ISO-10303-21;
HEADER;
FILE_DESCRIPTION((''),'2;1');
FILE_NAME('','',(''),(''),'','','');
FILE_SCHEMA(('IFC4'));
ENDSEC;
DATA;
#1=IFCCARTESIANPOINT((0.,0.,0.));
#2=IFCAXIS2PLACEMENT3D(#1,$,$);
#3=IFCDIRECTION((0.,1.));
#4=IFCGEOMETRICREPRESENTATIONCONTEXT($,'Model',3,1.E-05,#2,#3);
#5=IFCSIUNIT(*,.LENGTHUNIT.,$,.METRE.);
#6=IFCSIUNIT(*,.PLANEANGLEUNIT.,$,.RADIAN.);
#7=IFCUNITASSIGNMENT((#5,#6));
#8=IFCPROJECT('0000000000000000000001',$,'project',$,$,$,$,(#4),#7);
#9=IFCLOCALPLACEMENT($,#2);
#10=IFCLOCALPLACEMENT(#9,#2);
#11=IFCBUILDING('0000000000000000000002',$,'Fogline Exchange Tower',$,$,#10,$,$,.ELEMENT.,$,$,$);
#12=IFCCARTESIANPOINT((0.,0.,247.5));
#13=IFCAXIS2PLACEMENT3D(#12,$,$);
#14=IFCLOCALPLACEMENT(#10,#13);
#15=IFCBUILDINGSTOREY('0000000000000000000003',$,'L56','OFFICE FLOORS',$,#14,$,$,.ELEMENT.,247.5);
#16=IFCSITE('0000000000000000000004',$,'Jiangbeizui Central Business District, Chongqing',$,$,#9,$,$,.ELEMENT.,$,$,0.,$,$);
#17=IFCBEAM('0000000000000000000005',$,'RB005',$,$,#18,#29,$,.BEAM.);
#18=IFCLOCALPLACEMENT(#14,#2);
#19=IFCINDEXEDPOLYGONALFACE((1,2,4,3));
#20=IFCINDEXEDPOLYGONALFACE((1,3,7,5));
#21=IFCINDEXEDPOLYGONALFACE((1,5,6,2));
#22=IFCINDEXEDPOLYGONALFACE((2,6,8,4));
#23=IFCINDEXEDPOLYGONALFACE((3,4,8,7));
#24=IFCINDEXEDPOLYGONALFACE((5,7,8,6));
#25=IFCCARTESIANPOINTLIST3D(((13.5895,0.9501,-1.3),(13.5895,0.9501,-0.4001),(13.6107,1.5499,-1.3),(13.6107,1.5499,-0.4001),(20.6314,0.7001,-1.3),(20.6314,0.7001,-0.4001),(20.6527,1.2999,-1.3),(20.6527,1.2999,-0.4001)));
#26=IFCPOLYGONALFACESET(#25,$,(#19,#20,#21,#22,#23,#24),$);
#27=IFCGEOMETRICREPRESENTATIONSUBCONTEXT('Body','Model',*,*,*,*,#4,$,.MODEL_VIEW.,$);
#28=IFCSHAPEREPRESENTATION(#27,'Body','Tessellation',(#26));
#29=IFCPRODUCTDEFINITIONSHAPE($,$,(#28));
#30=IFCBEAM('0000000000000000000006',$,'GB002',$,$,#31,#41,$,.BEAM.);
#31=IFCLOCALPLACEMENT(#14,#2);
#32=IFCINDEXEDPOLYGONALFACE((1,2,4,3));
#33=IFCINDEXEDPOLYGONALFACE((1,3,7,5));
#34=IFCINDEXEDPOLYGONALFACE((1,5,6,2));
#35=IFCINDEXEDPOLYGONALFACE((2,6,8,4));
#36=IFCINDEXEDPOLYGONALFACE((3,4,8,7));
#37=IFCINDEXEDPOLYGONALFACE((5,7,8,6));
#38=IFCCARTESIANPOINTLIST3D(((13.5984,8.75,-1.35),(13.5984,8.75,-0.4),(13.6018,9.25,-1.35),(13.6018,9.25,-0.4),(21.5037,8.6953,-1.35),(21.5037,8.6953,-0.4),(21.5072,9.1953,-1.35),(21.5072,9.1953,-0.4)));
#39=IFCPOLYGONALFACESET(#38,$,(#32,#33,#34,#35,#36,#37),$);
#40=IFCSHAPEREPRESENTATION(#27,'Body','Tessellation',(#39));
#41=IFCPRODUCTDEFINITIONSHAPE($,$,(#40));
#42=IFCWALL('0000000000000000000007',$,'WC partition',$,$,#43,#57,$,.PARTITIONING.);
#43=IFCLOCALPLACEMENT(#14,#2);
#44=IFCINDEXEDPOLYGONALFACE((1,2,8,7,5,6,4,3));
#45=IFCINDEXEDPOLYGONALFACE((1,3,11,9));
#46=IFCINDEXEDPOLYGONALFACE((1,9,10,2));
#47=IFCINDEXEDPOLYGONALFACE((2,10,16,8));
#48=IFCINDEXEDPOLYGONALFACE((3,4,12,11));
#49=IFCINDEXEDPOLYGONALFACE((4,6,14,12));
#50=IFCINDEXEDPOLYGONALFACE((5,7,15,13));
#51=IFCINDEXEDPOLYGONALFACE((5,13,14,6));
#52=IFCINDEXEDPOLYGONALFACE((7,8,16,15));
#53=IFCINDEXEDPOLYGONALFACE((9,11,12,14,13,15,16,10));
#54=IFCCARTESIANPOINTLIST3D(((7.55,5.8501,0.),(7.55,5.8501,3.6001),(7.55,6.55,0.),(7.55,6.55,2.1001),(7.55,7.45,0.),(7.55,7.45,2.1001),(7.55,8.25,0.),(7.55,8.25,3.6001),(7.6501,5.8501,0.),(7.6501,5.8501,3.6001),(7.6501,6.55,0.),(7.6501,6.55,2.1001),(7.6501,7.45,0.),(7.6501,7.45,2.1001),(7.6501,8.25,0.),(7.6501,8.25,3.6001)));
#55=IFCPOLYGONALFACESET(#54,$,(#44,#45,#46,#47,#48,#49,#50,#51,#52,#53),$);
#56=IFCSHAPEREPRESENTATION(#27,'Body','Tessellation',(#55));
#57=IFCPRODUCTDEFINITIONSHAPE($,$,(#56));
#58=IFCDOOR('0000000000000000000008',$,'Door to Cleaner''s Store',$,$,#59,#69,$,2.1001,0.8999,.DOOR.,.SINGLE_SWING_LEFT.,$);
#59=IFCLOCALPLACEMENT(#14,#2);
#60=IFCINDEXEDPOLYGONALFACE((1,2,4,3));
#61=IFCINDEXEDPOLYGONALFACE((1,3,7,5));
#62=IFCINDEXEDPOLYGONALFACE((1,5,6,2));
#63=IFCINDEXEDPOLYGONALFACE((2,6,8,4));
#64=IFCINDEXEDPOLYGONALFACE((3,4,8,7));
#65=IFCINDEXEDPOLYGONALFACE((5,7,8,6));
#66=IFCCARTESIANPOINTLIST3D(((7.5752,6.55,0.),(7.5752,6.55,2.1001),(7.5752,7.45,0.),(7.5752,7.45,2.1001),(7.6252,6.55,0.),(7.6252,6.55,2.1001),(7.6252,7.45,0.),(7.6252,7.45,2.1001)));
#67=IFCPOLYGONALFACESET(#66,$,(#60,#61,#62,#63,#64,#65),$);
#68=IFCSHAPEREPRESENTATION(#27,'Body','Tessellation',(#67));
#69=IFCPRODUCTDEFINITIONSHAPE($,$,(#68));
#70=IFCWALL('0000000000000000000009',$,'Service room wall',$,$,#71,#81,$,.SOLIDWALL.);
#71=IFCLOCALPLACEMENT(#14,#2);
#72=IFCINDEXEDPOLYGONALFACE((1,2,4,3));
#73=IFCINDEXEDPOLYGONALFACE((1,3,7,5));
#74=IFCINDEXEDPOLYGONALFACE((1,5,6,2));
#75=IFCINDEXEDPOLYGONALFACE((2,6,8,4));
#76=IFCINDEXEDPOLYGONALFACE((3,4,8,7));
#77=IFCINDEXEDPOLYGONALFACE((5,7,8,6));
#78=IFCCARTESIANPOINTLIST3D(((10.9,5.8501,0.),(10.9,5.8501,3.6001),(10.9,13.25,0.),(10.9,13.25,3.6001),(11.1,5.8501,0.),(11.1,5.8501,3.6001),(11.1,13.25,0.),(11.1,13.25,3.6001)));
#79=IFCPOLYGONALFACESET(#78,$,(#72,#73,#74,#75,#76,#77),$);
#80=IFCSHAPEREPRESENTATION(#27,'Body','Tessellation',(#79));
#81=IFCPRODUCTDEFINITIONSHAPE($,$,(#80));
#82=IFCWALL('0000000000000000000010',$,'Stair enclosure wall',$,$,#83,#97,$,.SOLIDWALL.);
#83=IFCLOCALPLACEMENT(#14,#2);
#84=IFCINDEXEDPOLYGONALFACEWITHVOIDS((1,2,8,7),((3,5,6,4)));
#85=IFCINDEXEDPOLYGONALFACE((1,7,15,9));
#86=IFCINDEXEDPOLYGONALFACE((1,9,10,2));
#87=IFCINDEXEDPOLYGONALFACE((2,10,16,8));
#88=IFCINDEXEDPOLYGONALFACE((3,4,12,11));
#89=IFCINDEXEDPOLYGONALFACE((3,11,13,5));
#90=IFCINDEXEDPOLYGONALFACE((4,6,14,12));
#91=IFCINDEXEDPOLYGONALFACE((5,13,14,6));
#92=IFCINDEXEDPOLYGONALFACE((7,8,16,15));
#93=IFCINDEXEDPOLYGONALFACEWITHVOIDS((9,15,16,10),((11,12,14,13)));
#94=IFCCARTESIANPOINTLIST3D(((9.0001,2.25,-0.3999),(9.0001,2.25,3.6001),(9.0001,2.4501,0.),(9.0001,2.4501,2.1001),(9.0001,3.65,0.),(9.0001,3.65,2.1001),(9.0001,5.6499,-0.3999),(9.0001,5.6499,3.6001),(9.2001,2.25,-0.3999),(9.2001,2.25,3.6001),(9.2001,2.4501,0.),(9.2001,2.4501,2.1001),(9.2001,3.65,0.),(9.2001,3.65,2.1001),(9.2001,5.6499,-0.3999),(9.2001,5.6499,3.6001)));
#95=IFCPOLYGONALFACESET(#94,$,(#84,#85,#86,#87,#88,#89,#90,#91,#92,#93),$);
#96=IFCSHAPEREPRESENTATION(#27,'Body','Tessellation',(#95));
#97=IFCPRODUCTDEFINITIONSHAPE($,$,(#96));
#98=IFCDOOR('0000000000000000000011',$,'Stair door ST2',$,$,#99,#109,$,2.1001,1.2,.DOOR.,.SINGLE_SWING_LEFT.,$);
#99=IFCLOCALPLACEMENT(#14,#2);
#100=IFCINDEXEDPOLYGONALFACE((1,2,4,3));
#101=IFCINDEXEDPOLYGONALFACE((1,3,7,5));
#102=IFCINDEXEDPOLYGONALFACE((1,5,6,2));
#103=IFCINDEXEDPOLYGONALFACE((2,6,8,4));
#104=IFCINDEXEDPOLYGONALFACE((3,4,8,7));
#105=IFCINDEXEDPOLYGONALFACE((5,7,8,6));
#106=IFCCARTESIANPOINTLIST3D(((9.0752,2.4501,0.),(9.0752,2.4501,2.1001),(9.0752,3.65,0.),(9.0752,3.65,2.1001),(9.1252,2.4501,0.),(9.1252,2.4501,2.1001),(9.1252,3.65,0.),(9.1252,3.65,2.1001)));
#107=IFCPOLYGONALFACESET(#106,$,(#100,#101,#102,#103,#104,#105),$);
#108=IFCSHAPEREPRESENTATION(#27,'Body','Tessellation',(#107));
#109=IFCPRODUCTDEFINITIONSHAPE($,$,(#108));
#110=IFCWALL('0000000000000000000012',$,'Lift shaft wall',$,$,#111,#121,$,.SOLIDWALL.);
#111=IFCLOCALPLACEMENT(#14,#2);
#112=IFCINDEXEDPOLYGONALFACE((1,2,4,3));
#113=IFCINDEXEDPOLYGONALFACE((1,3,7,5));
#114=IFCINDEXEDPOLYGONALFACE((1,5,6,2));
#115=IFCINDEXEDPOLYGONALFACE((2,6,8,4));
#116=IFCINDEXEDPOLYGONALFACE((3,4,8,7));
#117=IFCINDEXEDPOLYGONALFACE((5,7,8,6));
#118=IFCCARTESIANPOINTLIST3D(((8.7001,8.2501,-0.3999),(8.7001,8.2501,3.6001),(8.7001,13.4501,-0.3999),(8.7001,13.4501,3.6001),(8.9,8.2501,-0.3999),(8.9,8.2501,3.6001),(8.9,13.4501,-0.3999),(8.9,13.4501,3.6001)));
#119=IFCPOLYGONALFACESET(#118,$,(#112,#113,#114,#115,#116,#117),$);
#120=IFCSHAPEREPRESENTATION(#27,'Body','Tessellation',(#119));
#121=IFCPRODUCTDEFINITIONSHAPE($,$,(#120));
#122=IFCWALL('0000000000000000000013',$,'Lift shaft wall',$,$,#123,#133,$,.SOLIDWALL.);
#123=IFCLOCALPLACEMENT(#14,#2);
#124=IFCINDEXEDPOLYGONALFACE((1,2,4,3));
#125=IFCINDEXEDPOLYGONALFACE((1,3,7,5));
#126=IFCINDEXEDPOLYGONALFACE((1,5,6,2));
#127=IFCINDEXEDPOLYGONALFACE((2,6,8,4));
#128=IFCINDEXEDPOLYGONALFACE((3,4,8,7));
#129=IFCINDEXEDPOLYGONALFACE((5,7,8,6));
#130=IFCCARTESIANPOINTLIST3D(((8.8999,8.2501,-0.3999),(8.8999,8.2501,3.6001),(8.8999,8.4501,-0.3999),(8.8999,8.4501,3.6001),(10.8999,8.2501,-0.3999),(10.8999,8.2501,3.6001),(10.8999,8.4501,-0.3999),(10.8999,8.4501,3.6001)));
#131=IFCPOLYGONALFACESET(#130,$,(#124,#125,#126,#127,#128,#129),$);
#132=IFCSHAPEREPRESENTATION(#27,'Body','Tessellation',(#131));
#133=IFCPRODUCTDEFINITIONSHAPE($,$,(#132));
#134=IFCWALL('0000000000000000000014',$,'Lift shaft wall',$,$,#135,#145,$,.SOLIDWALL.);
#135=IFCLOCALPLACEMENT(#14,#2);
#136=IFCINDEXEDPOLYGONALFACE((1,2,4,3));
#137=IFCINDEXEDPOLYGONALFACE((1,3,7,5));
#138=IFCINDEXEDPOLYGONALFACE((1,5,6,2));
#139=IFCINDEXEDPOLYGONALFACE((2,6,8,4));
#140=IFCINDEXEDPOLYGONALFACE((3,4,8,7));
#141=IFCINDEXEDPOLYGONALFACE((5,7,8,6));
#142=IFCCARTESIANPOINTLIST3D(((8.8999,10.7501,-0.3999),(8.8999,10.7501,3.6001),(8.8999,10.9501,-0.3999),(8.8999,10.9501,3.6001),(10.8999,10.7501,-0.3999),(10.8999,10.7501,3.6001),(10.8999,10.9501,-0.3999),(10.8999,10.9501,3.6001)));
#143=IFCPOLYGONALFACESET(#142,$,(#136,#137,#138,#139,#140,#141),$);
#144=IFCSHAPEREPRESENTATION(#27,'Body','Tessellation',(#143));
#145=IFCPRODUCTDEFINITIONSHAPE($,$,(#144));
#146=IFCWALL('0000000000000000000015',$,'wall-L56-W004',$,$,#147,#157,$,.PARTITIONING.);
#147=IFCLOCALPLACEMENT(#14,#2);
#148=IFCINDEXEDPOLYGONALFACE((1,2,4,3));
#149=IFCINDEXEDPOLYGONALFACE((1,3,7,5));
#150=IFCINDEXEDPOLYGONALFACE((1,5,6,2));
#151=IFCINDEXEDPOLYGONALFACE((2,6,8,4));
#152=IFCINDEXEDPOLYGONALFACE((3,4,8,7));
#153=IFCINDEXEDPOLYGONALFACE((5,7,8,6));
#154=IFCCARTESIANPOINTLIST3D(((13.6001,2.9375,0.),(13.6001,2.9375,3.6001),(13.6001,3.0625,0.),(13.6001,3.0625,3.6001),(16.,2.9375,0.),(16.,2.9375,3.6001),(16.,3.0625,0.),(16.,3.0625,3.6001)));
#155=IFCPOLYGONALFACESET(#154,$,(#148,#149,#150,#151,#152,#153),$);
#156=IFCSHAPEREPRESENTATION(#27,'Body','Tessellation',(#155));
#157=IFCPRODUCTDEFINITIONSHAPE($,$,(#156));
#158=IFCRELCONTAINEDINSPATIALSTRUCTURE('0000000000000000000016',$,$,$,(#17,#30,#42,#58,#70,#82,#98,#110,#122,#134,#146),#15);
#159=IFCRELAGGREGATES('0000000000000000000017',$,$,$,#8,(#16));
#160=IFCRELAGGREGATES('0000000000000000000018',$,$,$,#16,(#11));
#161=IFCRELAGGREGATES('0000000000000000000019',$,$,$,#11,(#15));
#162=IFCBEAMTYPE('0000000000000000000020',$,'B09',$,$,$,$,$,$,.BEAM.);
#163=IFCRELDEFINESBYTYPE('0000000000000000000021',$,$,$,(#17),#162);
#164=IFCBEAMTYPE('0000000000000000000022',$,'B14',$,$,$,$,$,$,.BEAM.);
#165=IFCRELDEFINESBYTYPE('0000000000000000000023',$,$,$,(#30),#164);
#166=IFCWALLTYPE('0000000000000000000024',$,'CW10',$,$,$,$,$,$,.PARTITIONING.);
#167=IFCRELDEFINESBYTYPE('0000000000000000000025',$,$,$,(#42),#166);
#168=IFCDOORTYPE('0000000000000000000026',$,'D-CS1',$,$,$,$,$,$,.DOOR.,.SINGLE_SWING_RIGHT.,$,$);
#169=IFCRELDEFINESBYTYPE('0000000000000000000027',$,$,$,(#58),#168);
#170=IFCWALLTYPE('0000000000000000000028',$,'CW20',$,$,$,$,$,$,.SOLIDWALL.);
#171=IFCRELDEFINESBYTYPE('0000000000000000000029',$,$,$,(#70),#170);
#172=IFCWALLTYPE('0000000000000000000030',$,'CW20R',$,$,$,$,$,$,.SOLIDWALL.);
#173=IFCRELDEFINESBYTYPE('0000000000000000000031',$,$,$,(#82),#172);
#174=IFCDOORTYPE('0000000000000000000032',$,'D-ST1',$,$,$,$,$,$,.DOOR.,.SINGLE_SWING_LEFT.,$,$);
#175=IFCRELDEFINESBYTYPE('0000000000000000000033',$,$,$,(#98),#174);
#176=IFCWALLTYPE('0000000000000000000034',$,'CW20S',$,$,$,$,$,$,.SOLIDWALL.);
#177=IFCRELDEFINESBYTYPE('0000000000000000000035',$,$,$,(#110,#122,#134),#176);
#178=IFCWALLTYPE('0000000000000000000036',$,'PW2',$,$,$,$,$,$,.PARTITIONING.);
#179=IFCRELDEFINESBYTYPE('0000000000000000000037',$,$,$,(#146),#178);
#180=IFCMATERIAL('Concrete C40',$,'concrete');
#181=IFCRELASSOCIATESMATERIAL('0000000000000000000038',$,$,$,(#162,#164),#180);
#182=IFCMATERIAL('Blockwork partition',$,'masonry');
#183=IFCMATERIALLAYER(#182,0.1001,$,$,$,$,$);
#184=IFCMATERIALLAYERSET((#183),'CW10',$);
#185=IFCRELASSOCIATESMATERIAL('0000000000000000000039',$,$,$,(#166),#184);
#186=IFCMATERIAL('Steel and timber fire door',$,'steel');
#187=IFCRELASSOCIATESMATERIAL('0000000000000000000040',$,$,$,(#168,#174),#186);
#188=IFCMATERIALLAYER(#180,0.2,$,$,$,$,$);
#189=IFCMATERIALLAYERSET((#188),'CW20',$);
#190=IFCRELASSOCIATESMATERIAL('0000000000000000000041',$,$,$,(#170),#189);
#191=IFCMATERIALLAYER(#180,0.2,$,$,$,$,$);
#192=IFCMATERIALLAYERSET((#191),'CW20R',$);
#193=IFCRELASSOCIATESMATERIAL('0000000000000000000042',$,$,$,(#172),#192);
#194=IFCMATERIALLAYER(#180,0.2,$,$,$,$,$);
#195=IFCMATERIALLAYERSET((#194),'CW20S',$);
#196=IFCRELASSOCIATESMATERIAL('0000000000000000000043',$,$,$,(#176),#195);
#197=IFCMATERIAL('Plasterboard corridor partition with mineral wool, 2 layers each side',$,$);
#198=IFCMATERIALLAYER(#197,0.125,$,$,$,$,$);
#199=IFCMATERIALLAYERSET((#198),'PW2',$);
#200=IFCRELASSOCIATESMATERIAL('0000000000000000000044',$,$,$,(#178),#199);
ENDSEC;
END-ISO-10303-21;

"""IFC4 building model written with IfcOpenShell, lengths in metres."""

from ifc_helpers import new_model, si_unit, direction, frame, frame_2d, origin, origin_2d, place, context, subcontext, project, spatial, rectangle, extrude, material, layer, layer_set, material_profile, profile_set, type_object, element, fill, save


model = new_model("IFC4")

# Units and contexts
model_context = context("Model", 3, precision=1e-05, world=origin(), true_north=direction((0.0, 1.0)))
body_context = subcontext(model_context, "Body", "Model", "MODEL_VIEW")
ifc_project = project(units=[si_unit("LENGTHUNIT", "METRE"), si_unit("PLANEANGLEUNIT", "RADIAN")], contexts=[model_context])

# Site, building, storey
site_placement = place(None, origin())
site = spatial("IfcSite", under=ifc_project, at=site_placement, Name="Jiangbeizui Central Business District, Chongqing", CompositionType="ELEMENT", RefElevation=0.0)
building_placement = place(site_placement, origin())
building = spatial("IfcBuilding", under=site, at=building_placement, Name="Fogline Exchange Tower", CompositionType="ELEMENT")
storey_placement = place(building_placement, frame((0.0, 0.0, 247.5)))
storey = spatial("IfcBuildingStorey", under=building, at=storey_placement, Name="L56", Description="OFFICE FLOORS", CompositionType="ELEMENT", Elevation=247.5)

# Beams
ifc_material_1 = material(Name="Concrete C40", Category="concrete")
ifc_material_profile_1 = material_profile(ifc_material_1, rectangle(XDim=0.6001, YDim=0.8999, at=origin_2d()), Name="RC 600x900")
ifc_profile_set_1 = profile_set([ifc_material_profile_1], Name="Concrete C40")
beam_type_1 = type_object("IfcBeamType", Name="B09", PredefinedType="BEAM", material=ifc_profile_set_1)
beam_1_placement = place(storey_placement, frame((13.6001, 1.25, -0.8501), z_axis=(0.99937, -0.035479, 0.0), x_axis=(0.035479, 0.99937, 0.0)))
element("IfcBeam", 1, at=beam_1_placement, inside=storey, type_object=beam_type_1, Name="RB005", PredefinedType="BEAM", context=body_context, shape_type="SweptSolid", body=[
    extrude(rectangle(XDim=0.6001, YDim=0.8999, at=origin_2d()), origin(), (0.0, 0.0, 1.0), 7.0464),
])
ifc_material_profile_2 = material_profile(ifc_material_1, rectangle(XDim=0.5, YDim=0.95, at=origin_2d()), Name="RC 500x950")
ifc_profile_set_2 = profile_set([ifc_material_profile_2], Name="Concrete C40")
beam_type_2 = type_object("IfcBeamType", Name="B14", PredefinedType="BEAM", material=ifc_profile_set_2)
beam_2_placement = place(storey_placement, frame((13.6001, 9.0, -0.875), z_axis=(0.999976, -0.006918, 0.0), x_axis=(0.006918, 0.999976, 0.0)))
element("IfcBeam", 2, at=beam_2_placement, inside=storey, type_object=beam_type_2, Name="GB002", PredefinedType="BEAM", context=body_context, shape_type="SweptSolid", body=[
    extrude(rectangle(XDim=0.5, YDim=0.95, at=origin_2d()), origin(), (0.0, 0.0, 1.0), 7.9055),
])

# Wall, opening, door
ifc_material_2 = material(Name="Blockwork partition", Category="masonry")
ifc_layer_1 = layer(ifc_material_2, 0.1001)
ifc_layer_set_1 = layer_set([ifc_layer_1], Name="CW10")
wall_type_1 = type_object("IfcWallType", Name="CW10", PredefinedType="PARTITIONING", material=ifc_layer_set_1)
wall_1_placement = place(storey_placement, frame((7.6001, 5.8501, 0.0), z_axis=(0.0, 0.0, 1.0), x_axis=(0.0, 1.0, 0.0)))
wall_1 = element("IfcWall", 3, at=wall_1_placement, inside=storey, type_object=wall_type_1, Name="WC partition", PredefinedType="PARTITIONING", context=body_context, shape_type="SweptSolid", body=[
    extrude(rectangle(XDim=2.3999, YDim=0.1001, at=frame_2d((1.2, 0.0))), origin(), (0.0, 0.0, 1.0), 3.6001),
])
opening_1_placement = place(wall_1_placement, frame((0.7, 0.0, 0.0)))
opening_1 = element("IfcOpeningElement", 4, at=opening_1_placement, cuts=wall_1, PredefinedType="OPENING", context=body_context, shape_type="SweptSolid", body=[
    extrude(rectangle(XDim=0.8999, YDim=2.1001, at=frame_2d((0.45, 1.05))), frame((0.0, 0.0601, 0.0), z_axis=(0.0, -1.0, 0.0), x_axis=(1.0, 0.0, 0.0)), (0.0, 0.0, 1.0), 0.1201),
])
ifc_material_3 = material(Name="Steel and timber fire door", Category="steel")
door_type_1 = type_object("IfcDoorType", Name="D-CS1", OperationType="SINGLE_SWING_RIGHT", PredefinedType="DOOR", material=ifc_material_3)
door_1_placement = place(opening_1_placement, origin())
door_1 = element("IfcDoor", 5, at=door_1_placement, inside=storey, type_object=door_type_1, Name="Door to Cleaner's Store", OperationType="SINGLE_SWING_LEFT", OverallHeight=2.1001, OverallWidth=0.8999, PredefinedType="DOOR", context=body_context, shape_type="SweptSolid", body=[
    extrude(rectangle(XDim=0.8999, YDim=2.1001, at=frame_2d((0.45, 1.05))), frame((0.0, 0.0249, 0.0), z_axis=(0.0, -1.0, 0.0), x_axis=(1.0, 0.0, 0.0)), (0.0, 0.0, 1.0), 0.05),
])
fill(opening_1, door_1)

# Wall
ifc_layer_2 = layer(ifc_material_1, 0.2)
ifc_layer_set_2 = layer_set([ifc_layer_2], Name="CW20")
wall_type_2 = type_object("IfcWallType", Name="CW20", PredefinedType="SOLIDWALL", material=ifc_layer_set_2)
wall_2_placement = place(storey_placement, frame((11.0, 5.8501, 0.0), z_axis=(0.0, 0.0, 1.0), x_axis=(0.0, 1.0, 0.0)))
element("IfcWall", 6, at=wall_2_placement, inside=storey, type_object=wall_type_2, Name="Service room wall", PredefinedType="SOLIDWALL", context=body_context, shape_type="SweptSolid", body=[
    extrude(rectangle(XDim=7.3999, YDim=0.2, at=frame_2d((3.7, 0.0))), origin(), (0.0, 0.0, 1.0), 3.6001),
])

# Wall, opening, door
ifc_layer_3 = layer(ifc_material_1, 0.2)
ifc_layer_set_3 = layer_set([ifc_layer_3], Name="CW20R")
wall_type_3 = type_object("IfcWallType", Name="CW20R", PredefinedType="SOLIDWALL", material=ifc_layer_set_3)
wall_3_placement = place(storey_placement, frame((9.1001, 2.25, -0.3999), z_axis=(0.0, 0.0, 1.0), x_axis=(0.0, 1.0, 0.0)))
wall_3 = element("IfcWall", 7, at=wall_3_placement, inside=storey, type_object=wall_type_3, Name="Stair enclosure wall", PredefinedType="SOLIDWALL", context=body_context, shape_type="SweptSolid", body=[
    extrude(rectangle(XDim=3.3999, YDim=0.2, at=frame_2d((1.7, 0.0))), origin(), (0.0, 0.0, 1.0), 4.0),
])
opening_2_placement = place(wall_3_placement, frame((0.2, 0.0, 0.3999)))
opening_2 = element("IfcOpeningElement", 8, at=opening_2_placement, cuts=wall_3, PredefinedType="OPENING", context=body_context, shape_type="SweptSolid", body=[
    extrude(rectangle(XDim=1.2, YDim=2.1001, at=frame_2d((0.6001, 1.05))), frame((0.0, 0.1099, 0.0), z_axis=(0.0, -1.0, 0.0), x_axis=(1.0, 0.0, 0.0)), (0.0, 0.0, 1.0), 0.22),
])
door_type_2 = type_object("IfcDoorType", Name="D-ST1", OperationType="SINGLE_SWING_LEFT", PredefinedType="DOOR", material=ifc_material_3)
door_2_placement = place(opening_2_placement, origin())
door_2 = element("IfcDoor", 9, at=door_2_placement, inside=storey, type_object=door_type_2, Name="Stair door ST2", OperationType="SINGLE_SWING_LEFT", OverallHeight=2.1001, OverallWidth=1.2, PredefinedType="DOOR", context=body_context, shape_type="SweptSolid", body=[
    extrude(rectangle(XDim=1.2, YDim=2.1001, at=frame_2d((0.6001, 1.05))), frame((0.0, 0.0249, 0.0), z_axis=(0.0, -1.0, 0.0), x_axis=(1.0, 0.0, 0.0)), (0.0, 0.0, 1.0), 0.05),
])
fill(opening_2, door_2)

# Walls
ifc_layer_4 = layer(ifc_material_1, 0.2)
ifc_layer_set_4 = layer_set([ifc_layer_4], Name="CW20S")
wall_type_4 = type_object("IfcWallType", Name="CW20S", PredefinedType="SOLIDWALL", material=ifc_layer_set_4)
wall_4_placement = place(storey_placement, frame((8.8, 8.25, -0.3999), z_axis=(0.0, 0.0, 1.0), x_axis=(0.0, 1.0, 0.0)))
element("IfcWall", 10, at=wall_4_placement, inside=storey, type_object=wall_type_4, Name="Lift shaft wall", PredefinedType="SOLIDWALL", context=body_context, shape_type="SweptSolid", body=[
    extrude(rectangle(XDim=5.2, YDim=0.2, at=frame_2d((2.6001, 0.0))), origin(), (0.0, 0.0, 1.0), 4.0),
])
for number, where, z_axis, x_axis, name in (
    (11, (8.8999, 8.3501, -0.3999), (0.0, 0.0, 1.0), (1.0, 0.0, 0.0), "Lift shaft wall"),
    (12, (8.8999, 10.8501, -0.3999), (0.0, 0.0, 1.0), (1.0, 0.0, 0.0), "Lift shaft wall"),
):
    element("IfcWall", number, at=place(storey_placement, frame(where, z_axis=z_axis, x_axis=x_axis)), inside=storey, type_object=wall_type_4, Name=name, PredefinedType="SOLIDWALL", context=body_context, shape_type="SweptSolid", body=[
        extrude(rectangle(XDim=2.0, YDim=0.2, at=frame_2d((1.0, 0.0))), origin(), (0.0, 0.0, 1.0), 4.0),
    ])
ifc_material_4 = material(Name="Plasterboard corridor partition with mineral wool, 2 layers each side")
ifc_layer_5 = layer(ifc_material_4, 0.125)
ifc_layer_set_5 = layer_set([ifc_layer_5], Name="PW2")
wall_type_5 = type_object("IfcWallType", Name="PW2", PredefinedType="PARTITIONING", material=ifc_layer_set_5)
wall_5_placement = place(storey_placement, frame((16.0, 3.0, 0.0), z_axis=(0.0, 0.0, 1.0), x_axis=(-1.0, 0.0, 0.0)))
element("IfcWall", 13, at=wall_5_placement, inside=storey, type_object=wall_type_5, Name="wall-L56-W004", PredefinedType="PARTITIONING", context=body_context, shape_type="SweptSolid", body=[
    extrude(rectangle(XDim=2.3999, YDim=0.125, at=frame_2d((1.2, 0.0))), origin(), (0.0, 0.0, 1.0), 3.6001),
])

save(model, "model.ifc")
